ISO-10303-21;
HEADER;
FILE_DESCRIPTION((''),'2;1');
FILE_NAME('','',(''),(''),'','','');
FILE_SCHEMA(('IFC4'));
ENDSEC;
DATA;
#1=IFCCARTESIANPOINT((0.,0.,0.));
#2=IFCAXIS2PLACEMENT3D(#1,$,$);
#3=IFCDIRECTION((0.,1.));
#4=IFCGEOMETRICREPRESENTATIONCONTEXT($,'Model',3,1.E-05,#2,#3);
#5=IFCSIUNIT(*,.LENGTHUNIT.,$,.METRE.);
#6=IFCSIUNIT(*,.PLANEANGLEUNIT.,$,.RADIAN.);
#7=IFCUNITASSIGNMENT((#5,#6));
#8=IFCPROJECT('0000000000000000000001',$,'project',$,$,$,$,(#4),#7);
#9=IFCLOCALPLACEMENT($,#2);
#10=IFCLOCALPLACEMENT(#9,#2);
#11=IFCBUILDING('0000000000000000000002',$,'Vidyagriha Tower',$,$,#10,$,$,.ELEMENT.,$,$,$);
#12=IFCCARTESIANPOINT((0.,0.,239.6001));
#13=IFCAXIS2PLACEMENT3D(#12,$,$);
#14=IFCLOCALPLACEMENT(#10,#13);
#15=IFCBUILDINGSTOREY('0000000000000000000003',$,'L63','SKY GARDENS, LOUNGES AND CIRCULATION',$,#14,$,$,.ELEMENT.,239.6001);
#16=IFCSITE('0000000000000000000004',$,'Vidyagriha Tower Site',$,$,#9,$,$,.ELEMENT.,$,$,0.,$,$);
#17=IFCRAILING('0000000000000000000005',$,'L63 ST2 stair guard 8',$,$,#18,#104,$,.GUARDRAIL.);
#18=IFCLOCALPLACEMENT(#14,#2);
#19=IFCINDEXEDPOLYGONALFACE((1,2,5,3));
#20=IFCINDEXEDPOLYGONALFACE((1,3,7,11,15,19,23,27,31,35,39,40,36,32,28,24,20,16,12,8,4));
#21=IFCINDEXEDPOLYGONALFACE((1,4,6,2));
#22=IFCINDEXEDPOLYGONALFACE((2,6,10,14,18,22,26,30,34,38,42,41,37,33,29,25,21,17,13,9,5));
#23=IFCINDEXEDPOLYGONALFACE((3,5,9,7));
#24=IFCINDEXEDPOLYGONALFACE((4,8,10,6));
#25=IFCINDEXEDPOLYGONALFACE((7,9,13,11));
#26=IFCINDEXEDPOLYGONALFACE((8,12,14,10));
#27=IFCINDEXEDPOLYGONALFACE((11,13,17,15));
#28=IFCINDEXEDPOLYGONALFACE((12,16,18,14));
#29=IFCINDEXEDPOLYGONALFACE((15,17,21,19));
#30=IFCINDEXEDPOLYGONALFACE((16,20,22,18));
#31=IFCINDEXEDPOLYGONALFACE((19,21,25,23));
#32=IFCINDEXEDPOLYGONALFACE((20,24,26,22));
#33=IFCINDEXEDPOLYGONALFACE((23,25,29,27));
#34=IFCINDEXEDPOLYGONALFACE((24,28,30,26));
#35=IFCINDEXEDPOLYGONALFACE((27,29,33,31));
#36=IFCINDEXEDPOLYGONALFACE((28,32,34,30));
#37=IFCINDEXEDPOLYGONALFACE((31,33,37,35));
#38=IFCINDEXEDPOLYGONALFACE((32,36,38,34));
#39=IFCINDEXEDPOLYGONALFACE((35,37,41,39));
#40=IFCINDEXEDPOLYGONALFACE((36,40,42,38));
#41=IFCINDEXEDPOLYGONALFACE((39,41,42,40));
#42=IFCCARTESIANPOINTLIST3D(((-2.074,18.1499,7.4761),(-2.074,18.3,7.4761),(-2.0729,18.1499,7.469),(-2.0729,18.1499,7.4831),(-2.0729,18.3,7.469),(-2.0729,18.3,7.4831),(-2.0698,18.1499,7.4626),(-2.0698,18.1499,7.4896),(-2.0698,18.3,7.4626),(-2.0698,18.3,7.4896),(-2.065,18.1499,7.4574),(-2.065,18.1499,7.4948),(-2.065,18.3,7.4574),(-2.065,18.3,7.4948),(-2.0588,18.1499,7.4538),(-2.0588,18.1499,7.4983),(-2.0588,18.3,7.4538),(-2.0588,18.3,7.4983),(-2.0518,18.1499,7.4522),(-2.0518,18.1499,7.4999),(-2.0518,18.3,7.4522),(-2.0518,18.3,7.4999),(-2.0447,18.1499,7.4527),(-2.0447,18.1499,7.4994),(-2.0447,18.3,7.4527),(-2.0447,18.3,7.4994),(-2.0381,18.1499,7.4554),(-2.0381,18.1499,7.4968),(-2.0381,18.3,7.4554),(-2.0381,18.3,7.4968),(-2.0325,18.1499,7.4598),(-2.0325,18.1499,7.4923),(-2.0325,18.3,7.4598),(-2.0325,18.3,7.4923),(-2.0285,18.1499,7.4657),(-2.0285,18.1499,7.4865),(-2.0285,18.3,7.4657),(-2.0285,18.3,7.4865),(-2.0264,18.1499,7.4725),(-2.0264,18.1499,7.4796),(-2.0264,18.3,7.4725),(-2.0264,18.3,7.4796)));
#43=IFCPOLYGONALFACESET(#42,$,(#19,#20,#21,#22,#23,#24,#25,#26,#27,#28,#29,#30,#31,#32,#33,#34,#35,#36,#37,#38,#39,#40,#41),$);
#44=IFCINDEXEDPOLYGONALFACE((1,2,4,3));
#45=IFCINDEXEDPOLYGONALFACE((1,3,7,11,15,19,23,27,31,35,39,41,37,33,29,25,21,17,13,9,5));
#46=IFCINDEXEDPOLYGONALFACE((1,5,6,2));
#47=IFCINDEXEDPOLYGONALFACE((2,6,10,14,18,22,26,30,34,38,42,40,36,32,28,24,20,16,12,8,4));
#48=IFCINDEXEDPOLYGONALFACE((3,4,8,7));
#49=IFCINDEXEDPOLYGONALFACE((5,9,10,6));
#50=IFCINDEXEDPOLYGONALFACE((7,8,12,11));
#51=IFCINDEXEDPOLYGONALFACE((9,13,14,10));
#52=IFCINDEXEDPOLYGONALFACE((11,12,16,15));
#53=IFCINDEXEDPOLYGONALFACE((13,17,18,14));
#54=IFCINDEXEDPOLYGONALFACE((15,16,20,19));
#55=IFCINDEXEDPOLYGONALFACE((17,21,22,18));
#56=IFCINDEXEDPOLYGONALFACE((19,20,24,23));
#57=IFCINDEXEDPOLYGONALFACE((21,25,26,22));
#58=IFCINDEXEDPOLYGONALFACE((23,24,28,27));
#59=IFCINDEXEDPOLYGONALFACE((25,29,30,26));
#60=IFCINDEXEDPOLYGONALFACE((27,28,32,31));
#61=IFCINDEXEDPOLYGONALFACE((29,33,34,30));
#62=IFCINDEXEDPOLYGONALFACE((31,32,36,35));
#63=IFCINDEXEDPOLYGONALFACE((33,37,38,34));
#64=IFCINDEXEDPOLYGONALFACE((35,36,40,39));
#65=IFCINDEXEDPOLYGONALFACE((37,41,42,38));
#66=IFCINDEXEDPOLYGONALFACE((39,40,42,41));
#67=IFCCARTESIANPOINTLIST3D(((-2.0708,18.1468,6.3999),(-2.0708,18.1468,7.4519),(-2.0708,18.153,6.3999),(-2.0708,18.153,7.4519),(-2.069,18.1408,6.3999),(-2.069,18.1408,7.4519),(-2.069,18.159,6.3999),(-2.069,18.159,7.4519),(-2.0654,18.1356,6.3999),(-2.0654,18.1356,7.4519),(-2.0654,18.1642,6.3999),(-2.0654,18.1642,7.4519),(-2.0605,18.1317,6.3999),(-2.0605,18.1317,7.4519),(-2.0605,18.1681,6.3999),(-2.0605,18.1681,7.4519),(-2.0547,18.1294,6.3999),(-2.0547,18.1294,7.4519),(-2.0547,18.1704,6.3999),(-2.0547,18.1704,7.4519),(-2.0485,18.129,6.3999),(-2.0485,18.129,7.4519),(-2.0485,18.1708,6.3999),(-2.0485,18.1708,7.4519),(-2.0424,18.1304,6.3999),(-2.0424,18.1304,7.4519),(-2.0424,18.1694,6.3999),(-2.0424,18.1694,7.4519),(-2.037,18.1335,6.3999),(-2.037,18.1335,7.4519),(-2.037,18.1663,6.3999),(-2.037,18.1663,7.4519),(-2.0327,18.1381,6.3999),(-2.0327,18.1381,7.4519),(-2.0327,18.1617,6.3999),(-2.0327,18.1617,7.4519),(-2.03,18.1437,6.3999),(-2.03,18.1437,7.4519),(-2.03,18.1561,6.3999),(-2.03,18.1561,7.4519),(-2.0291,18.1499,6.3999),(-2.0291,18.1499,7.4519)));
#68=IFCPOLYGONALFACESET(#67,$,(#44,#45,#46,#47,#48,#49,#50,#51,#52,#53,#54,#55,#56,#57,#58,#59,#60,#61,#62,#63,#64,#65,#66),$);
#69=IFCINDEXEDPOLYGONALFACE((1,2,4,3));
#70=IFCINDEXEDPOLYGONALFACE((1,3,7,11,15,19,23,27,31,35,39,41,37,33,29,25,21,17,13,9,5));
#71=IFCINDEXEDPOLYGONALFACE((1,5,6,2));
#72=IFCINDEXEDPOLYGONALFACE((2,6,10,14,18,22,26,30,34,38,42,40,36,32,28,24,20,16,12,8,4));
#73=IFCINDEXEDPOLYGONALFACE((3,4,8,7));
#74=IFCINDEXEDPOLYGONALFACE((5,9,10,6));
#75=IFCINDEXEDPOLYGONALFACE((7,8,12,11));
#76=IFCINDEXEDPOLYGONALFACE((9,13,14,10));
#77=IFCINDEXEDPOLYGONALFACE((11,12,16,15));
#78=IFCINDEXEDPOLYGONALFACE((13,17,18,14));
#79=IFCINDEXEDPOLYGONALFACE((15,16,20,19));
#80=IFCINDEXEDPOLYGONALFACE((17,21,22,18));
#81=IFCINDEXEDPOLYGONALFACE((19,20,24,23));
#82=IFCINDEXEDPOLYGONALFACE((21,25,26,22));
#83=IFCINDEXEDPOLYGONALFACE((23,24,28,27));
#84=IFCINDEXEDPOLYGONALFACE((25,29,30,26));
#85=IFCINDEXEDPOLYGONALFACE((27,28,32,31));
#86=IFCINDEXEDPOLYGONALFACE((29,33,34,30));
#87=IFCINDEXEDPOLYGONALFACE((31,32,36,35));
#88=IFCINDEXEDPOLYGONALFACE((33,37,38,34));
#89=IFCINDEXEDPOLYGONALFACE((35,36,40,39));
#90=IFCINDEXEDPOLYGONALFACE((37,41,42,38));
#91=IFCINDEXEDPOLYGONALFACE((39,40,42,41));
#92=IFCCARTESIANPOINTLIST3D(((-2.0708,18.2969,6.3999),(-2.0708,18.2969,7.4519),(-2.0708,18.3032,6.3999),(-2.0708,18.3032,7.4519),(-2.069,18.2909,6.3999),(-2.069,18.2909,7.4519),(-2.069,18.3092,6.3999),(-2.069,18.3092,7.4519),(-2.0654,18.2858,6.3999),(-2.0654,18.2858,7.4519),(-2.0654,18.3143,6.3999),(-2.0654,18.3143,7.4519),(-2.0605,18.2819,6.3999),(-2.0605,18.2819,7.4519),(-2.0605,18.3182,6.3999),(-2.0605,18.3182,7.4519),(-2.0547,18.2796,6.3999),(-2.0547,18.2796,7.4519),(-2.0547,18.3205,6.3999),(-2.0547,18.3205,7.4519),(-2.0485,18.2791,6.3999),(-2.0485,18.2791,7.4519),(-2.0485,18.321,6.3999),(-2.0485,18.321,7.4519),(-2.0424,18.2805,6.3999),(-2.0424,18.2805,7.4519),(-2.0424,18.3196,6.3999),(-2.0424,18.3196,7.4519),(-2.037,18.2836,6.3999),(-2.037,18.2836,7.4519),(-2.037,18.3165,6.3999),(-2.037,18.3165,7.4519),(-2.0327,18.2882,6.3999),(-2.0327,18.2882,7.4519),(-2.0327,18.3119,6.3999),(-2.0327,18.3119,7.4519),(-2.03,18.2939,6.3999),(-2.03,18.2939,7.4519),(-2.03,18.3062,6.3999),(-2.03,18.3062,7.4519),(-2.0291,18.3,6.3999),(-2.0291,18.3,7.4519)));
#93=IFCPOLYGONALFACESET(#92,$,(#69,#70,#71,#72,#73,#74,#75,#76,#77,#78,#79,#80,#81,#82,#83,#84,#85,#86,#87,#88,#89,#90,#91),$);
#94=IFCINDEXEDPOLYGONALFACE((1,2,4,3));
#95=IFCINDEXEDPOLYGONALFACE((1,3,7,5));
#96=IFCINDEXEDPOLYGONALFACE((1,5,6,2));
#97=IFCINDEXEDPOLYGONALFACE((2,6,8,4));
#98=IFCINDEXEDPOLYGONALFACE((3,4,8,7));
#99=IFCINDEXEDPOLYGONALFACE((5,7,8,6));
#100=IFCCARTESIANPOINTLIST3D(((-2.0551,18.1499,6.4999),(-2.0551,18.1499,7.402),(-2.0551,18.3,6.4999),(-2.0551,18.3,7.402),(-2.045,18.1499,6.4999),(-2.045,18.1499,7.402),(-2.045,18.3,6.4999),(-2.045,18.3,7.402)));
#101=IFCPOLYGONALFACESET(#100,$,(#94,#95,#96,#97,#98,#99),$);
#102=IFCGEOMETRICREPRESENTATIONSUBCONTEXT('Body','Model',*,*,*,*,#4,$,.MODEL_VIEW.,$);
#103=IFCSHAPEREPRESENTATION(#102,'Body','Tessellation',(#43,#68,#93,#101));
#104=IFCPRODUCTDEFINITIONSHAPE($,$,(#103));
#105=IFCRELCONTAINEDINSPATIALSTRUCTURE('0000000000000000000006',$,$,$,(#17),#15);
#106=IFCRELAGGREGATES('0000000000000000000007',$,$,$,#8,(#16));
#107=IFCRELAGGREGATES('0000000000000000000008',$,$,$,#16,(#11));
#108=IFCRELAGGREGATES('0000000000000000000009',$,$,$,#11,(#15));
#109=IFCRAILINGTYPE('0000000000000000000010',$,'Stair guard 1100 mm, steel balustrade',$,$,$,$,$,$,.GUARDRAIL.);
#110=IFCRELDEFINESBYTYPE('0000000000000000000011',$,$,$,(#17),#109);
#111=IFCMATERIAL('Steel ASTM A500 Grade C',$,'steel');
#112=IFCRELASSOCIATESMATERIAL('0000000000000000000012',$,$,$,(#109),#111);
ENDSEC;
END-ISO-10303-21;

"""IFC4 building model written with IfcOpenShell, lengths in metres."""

from ifc_helpers import new_model, si_unit, direction, frame, origin, origin_2d, place, context, subcontext, project, spatial, rectangle, circle, extrude, material, type_object, element, save


model = new_model("IFC4")

# Units and contexts
model_context = context("Model", 3, precision=1e-05, world=origin(), true_north=direction((0.0, 1.0)))
body_context = subcontext(model_context, "Body", "Model", "MODEL_VIEW")
ifc_project = project(units=[si_unit("LENGTHUNIT", "METRE"), si_unit("PLANEANGLEUNIT", "RADIAN")], contexts=[model_context])

# Site, building, storey
site_placement = place(None, origin())
site = spatial("IfcSite", under=ifc_project, at=site_placement, Name="Vidyagriha Tower Site", CompositionType="ELEMENT", RefElevation=0.0)
building_placement = place(site_placement, origin())
building = spatial("IfcBuilding", under=site, at=building_placement, Name="Vidyagriha Tower", CompositionType="ELEMENT")
storey_placement = place(building_placement, frame((0.0, 0.0, 239.6001)))
storey = spatial("IfcBuildingStorey", under=building, at=storey_placement, Name="L63", Description="SKY GARDENS, LOUNGES AND CIRCULATION", CompositionType="ELEMENT", Elevation=239.6001)

# Railing
ifc_material_1 = material(Name="Steel ASTM A500 Grade C", Category="steel")
railing_type_1 = type_object("IfcRailingType", Name="Stair guard 1100 mm, steel balustrade", PredefinedType="GUARDRAIL", material=ifc_material_1)
railing_1_placement = place(storey_placement, frame((-2.05, 18.1499, 6.3999)))
element("IfcRailing", 1, at=railing_1_placement, inside=storey, type_object=railing_type_1, Name="L63 ST2 stair guard 8", PredefinedType="GUARDRAIL", context=body_context, shape_type="SweptSolid", body=[
    extrude(circle(Radius=0.0239, at=origin_2d()), frame((0.0, 0.0, 1.0762), z_axis=(0.0, 1.0, 0.0), x_axis=(-1.0, 0.0, 0.0)), (0.0, 0.0, 1.0), 0.1501),
    extrude(circle(Radius=0.021, at=origin_2d()), origin(), (0.0, 0.0, 1.0), 1.052),
    extrude(circle(Radius=0.021, at=origin_2d()), frame((0.0, 0.1501, 0.0)), (0.0, 0.0, 1.0), 1.052),
    extrude(rectangle(XDim=0.01, YDim=0.9021, at=origin_2d()), frame((0.0, 0.0, 0.551), z_axis=(0.0, 1.0, 0.0), x_axis=(-1.0, 0.0, 0.0)), (0.0, 0.0, 1.0), 0.1501),
])

save(model, "model.ifc")
